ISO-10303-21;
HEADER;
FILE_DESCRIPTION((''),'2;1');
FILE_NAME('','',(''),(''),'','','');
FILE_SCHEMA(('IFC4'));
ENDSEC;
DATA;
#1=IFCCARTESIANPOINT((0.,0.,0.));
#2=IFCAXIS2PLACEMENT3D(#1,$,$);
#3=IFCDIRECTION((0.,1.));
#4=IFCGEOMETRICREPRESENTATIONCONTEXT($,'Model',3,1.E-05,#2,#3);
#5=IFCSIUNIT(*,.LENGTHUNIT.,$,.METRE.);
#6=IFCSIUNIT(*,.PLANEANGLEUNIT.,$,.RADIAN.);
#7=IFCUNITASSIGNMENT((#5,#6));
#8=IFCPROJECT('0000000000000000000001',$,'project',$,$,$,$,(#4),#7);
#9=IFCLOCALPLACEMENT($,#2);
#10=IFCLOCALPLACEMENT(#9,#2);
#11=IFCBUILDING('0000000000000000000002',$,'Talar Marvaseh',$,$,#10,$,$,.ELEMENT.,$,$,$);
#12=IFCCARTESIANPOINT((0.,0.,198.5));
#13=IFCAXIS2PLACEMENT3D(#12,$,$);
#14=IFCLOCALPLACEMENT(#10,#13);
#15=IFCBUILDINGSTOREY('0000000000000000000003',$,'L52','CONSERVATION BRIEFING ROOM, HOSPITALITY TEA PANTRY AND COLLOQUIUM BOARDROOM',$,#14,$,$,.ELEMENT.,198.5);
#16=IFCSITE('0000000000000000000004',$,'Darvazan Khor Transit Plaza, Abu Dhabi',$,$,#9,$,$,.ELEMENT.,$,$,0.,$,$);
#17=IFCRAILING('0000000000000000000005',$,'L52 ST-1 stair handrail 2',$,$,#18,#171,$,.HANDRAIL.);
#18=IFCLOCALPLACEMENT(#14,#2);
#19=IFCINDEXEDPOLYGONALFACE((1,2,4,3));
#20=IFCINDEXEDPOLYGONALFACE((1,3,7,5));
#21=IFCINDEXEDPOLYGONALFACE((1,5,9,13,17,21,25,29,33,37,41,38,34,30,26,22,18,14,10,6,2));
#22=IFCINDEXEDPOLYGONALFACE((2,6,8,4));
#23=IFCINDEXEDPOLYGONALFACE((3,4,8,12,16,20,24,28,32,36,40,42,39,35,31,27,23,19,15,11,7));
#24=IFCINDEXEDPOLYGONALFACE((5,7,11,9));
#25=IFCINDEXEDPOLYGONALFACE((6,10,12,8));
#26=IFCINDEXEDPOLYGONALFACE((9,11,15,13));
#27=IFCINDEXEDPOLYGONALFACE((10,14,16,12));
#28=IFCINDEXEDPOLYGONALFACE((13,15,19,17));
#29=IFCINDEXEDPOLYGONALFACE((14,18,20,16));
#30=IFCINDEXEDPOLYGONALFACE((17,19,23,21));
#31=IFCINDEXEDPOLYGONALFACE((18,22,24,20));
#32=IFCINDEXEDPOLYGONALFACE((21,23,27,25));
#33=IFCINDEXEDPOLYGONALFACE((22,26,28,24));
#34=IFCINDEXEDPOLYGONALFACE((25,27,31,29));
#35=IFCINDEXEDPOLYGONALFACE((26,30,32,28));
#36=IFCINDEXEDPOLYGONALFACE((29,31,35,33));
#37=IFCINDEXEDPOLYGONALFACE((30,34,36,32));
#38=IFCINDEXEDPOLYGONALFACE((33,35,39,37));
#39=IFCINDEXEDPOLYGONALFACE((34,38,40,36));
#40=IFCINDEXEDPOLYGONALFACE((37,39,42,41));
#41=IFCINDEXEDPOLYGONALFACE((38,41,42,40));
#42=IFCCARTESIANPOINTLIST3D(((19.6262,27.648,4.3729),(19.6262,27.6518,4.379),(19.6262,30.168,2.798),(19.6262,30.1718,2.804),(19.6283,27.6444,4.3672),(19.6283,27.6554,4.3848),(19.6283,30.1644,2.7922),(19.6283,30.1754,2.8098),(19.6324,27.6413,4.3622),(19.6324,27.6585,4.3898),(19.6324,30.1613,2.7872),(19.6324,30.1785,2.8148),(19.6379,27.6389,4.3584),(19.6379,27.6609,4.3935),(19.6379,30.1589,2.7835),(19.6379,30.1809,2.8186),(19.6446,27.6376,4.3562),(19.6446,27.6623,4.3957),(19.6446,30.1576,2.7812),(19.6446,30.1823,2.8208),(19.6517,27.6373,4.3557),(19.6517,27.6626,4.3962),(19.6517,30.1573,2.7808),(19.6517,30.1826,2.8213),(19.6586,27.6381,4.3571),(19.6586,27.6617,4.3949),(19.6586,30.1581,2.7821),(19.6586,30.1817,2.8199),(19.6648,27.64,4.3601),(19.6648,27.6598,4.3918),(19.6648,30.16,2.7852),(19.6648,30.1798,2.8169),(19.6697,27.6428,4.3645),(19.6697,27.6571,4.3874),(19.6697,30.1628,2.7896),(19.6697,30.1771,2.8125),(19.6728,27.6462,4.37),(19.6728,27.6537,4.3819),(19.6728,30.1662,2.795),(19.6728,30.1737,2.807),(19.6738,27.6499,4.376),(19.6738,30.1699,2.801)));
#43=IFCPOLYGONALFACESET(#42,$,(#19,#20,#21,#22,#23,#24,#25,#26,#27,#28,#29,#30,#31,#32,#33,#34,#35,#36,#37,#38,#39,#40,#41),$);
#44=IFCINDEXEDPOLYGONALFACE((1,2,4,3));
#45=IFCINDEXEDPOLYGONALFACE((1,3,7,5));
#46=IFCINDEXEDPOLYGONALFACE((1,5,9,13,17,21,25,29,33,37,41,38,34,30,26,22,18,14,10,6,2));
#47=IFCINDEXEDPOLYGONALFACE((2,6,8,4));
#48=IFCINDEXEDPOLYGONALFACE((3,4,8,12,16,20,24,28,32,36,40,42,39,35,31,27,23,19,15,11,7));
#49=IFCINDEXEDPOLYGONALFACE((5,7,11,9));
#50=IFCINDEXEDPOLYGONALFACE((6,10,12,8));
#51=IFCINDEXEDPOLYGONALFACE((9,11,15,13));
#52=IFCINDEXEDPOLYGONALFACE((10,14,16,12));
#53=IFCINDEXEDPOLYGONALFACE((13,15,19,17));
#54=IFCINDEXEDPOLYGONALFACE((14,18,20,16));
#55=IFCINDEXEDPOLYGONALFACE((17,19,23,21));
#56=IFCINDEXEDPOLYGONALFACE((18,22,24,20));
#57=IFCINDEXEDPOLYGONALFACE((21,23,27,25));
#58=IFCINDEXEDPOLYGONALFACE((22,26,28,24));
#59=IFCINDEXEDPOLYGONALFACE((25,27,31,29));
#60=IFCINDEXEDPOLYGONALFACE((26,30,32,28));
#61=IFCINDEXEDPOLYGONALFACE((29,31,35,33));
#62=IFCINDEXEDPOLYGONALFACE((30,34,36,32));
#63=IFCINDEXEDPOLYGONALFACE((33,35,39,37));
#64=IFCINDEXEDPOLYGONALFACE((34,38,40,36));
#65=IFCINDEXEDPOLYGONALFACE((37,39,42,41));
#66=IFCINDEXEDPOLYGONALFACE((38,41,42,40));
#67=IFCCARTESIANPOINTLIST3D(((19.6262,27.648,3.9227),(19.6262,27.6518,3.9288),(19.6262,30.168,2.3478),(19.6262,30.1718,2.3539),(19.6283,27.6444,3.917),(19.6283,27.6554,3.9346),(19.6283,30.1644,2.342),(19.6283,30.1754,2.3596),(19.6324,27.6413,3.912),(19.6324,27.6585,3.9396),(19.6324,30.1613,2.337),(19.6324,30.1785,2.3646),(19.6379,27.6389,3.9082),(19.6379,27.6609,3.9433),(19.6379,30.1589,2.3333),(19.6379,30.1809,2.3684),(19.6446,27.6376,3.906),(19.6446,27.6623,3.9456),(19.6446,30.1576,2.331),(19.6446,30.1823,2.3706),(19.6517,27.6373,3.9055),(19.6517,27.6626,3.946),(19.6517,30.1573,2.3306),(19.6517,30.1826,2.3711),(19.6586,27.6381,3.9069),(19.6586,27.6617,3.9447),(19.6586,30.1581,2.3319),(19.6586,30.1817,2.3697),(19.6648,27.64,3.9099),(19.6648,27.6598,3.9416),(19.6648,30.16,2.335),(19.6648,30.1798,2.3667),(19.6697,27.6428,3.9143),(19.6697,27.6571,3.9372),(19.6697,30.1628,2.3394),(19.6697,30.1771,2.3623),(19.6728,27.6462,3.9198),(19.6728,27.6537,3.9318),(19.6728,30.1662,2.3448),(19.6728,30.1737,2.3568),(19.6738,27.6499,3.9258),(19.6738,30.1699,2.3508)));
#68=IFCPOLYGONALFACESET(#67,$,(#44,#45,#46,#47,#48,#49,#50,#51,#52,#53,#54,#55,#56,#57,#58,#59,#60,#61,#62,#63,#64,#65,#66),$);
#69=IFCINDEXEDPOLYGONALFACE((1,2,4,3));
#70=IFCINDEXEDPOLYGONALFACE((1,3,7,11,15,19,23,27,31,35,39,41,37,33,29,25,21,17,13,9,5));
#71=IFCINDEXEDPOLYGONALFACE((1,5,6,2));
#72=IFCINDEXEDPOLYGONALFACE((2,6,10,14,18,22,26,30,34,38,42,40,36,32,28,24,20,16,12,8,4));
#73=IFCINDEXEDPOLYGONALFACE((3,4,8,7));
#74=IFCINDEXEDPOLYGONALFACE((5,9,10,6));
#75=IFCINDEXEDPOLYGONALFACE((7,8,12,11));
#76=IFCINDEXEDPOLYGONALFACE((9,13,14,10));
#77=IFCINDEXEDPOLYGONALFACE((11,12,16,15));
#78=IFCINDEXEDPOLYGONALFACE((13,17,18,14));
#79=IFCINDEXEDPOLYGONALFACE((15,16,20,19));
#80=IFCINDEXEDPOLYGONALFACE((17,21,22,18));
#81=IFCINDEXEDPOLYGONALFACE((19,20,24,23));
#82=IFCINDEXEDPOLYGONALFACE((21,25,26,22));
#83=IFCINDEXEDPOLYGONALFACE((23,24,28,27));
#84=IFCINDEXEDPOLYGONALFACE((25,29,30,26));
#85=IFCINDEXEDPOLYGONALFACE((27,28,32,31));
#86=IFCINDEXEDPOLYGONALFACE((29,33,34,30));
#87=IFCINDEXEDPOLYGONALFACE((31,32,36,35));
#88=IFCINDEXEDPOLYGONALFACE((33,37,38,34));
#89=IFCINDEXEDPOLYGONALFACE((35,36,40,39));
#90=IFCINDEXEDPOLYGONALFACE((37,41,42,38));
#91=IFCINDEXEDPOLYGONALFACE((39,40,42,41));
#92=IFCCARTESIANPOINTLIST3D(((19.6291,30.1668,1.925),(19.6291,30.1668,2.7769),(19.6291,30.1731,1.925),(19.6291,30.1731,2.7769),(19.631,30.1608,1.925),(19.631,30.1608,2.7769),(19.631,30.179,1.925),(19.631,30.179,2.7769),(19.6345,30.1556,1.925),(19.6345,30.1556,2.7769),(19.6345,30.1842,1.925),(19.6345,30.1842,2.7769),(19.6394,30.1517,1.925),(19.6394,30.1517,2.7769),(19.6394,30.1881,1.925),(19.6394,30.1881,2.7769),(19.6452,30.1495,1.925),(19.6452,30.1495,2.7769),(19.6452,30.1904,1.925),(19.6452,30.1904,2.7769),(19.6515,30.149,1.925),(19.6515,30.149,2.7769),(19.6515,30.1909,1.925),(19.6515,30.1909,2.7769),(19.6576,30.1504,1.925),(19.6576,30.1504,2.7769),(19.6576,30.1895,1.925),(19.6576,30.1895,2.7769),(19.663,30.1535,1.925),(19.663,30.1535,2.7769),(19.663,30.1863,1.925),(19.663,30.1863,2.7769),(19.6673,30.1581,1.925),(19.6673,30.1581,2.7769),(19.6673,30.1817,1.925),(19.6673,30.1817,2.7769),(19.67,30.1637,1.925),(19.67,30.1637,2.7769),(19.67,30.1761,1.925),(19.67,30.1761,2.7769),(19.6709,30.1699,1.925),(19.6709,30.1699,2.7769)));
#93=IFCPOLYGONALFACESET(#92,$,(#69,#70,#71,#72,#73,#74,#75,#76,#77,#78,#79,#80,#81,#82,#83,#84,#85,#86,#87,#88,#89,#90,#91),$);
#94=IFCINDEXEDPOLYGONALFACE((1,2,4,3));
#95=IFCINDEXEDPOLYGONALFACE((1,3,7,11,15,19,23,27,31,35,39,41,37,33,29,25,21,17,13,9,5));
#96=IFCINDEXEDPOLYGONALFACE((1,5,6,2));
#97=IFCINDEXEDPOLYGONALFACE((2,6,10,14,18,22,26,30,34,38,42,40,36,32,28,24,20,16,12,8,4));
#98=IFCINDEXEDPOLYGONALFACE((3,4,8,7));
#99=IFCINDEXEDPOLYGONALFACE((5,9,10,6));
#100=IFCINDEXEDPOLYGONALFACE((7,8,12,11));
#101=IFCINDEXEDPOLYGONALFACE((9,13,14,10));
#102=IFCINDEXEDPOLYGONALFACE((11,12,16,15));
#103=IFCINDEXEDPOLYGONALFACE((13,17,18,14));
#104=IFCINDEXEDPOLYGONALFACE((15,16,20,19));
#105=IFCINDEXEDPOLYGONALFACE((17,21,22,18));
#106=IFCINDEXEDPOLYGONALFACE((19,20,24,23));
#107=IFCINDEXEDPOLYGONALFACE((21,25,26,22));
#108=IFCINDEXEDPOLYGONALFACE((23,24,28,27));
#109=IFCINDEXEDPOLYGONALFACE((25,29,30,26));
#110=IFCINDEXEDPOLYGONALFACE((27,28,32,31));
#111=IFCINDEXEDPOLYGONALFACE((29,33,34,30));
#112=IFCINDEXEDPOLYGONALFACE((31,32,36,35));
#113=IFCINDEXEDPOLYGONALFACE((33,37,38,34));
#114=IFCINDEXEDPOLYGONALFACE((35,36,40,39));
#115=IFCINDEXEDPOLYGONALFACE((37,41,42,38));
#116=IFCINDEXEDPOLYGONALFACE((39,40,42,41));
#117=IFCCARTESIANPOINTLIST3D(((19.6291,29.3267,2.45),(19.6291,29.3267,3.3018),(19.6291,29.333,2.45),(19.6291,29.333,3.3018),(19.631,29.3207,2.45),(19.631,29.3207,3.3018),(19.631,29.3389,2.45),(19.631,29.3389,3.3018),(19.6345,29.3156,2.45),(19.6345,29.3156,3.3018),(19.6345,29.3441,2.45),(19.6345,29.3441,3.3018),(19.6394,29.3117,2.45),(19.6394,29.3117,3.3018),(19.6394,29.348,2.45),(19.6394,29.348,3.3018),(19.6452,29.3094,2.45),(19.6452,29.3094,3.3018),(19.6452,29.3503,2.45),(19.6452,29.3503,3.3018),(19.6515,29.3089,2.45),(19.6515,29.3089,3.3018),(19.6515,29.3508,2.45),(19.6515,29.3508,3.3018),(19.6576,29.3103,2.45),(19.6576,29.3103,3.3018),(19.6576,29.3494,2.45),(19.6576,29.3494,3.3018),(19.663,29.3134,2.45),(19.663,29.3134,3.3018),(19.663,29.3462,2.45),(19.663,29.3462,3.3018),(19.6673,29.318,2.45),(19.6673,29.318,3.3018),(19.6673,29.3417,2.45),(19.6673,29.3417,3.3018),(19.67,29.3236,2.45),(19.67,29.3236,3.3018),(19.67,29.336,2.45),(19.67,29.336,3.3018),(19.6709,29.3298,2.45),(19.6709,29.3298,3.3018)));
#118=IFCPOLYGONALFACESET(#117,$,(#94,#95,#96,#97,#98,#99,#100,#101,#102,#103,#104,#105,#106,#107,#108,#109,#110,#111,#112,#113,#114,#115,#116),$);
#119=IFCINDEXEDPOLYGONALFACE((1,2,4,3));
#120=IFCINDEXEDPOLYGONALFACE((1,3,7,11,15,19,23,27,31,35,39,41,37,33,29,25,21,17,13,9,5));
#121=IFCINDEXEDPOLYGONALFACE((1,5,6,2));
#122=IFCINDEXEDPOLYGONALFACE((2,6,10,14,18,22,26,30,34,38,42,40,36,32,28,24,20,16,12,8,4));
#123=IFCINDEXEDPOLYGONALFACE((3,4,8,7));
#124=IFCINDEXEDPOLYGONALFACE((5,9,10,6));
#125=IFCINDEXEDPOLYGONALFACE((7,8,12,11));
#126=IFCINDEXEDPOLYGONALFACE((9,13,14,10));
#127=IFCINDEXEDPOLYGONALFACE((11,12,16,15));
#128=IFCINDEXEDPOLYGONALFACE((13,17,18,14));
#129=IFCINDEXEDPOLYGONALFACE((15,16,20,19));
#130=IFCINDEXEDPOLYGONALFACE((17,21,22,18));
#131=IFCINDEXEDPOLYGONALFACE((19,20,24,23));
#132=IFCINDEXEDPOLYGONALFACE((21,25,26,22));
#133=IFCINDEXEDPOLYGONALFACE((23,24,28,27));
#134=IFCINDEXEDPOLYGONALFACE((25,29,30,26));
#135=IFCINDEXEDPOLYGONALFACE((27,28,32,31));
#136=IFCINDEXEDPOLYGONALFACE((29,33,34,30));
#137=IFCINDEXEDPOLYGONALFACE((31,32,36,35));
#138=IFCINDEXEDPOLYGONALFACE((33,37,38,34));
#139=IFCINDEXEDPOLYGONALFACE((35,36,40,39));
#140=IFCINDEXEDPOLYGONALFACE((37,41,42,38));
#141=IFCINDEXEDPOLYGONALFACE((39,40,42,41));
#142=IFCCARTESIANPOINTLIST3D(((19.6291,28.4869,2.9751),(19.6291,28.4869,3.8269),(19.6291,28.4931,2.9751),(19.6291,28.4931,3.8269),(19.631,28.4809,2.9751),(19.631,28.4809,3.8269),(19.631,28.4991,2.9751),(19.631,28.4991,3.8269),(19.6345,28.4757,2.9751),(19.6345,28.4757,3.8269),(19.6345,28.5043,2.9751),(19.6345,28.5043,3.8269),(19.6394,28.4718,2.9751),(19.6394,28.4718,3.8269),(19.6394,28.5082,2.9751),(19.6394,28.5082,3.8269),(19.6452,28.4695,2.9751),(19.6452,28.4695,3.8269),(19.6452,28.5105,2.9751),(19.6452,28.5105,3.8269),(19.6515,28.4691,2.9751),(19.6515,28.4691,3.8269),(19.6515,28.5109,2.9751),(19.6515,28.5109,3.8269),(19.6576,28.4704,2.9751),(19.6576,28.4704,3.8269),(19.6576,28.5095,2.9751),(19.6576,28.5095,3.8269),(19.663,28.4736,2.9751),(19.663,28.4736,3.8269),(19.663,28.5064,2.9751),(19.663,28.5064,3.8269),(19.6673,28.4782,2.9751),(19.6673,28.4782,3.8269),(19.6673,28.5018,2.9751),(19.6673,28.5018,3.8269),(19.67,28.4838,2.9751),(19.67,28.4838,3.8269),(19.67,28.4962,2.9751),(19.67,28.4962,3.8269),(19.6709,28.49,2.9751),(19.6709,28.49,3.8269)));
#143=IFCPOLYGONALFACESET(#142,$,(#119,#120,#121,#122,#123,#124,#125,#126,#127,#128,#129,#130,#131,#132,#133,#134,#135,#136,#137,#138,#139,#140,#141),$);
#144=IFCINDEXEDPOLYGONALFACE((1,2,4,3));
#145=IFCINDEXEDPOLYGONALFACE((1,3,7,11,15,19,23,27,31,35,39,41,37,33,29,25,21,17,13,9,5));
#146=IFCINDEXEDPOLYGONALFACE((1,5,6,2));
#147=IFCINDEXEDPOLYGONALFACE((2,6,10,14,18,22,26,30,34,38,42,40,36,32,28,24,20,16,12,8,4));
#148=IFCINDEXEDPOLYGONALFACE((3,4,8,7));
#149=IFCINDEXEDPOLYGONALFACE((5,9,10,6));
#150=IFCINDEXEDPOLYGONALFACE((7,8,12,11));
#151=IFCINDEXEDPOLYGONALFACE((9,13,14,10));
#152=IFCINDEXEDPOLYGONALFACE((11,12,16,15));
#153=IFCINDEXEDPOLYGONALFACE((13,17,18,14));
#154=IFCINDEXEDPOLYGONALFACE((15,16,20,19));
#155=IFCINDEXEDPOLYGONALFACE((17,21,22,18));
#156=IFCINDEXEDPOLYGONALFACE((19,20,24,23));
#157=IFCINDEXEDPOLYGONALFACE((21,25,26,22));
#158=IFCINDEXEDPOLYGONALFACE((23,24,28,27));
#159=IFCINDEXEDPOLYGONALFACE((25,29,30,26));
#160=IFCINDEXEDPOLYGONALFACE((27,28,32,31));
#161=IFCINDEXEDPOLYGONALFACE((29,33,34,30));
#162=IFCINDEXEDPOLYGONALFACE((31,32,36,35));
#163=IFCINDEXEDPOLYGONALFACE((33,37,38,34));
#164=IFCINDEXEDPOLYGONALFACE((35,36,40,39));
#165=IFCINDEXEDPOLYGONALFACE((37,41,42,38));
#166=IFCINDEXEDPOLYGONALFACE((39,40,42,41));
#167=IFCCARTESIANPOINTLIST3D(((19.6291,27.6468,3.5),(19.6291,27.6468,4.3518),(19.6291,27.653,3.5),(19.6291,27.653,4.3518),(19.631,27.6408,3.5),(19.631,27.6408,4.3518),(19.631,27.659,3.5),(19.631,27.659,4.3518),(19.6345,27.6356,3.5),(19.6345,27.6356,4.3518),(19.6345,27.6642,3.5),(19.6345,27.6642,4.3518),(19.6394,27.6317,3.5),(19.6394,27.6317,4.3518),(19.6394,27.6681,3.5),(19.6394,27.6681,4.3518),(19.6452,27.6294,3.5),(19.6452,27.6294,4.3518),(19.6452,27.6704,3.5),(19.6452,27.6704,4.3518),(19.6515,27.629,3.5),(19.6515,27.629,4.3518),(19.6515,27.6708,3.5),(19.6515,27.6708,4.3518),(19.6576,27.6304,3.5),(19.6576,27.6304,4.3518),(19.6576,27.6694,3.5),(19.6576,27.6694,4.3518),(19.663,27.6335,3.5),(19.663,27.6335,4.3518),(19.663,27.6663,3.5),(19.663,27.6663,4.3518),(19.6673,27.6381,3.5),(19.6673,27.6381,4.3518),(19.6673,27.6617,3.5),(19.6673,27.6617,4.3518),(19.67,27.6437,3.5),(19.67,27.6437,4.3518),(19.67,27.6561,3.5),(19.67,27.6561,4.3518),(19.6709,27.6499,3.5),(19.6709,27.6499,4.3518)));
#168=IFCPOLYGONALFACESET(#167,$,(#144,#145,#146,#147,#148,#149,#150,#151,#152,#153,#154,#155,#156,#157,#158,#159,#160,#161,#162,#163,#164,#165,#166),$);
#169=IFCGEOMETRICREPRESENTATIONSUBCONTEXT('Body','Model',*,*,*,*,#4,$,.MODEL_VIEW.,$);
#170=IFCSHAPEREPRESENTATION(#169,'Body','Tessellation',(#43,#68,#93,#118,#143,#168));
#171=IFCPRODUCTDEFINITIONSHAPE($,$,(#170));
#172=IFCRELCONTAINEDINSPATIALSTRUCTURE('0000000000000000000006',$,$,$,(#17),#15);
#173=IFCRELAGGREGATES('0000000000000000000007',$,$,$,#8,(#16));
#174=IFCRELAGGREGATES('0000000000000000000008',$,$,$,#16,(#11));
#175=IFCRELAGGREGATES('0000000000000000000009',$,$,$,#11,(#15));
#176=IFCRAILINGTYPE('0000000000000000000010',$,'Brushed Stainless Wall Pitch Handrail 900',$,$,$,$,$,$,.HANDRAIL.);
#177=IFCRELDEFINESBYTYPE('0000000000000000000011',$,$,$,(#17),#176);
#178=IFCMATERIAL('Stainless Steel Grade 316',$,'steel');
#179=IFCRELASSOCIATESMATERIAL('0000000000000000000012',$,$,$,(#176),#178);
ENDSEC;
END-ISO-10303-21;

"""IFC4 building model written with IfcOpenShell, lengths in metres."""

from ifc_helpers import new_model, si_unit, direction, frame, origin, origin_2d, place, context, subcontext, project, spatial, circle, extrude, material, type_object, element, save


model = new_model("IFC4")

# Units and contexts
model_context = context("Model", 3, precision=1e-05, world=origin(), true_north=direction((0.0, 1.0)))
body_context = subcontext(model_context, "Body", "Model", "MODEL_VIEW")
ifc_project = project(units=[si_unit("LENGTHUNIT", "METRE"), si_unit("PLANEANGLEUNIT", "RADIAN")], contexts=[model_context])

# Site, building, storey
site_placement = place(None, origin())
site = spatial("IfcSite", under=ifc_project, at=site_placement, Name="Darvazan Khor Transit Plaza, Abu Dhabi", CompositionType="ELEMENT", RefElevation=0.0)
building_placement = place(site_placement, origin())
building = spatial("IfcBuilding", under=site, at=building_placement, Name="Talar Marvaseh", CompositionType="ELEMENT")
storey_placement = place(building_placement, frame((0.0, 0.0, 198.5)))
storey = spatial("IfcBuildingStorey", under=building, at=storey_placement, Name="L52", Description="CONSERVATION BRIEFING ROOM, HOSPITALITY TEA PANTRY AND COLLOQUIUM BOARDROOM", CompositionType="ELEMENT", Elevation=198.5)

# Railing
ifc_material_1 = material(Name="Stainless Steel Grade 316", Category="steel")
railing_type_1 = type_object("IfcRailingType", Name="Brushed Stainless Wall Pitch Handrail 900", PredefinedType="HANDRAIL", material=ifc_material_1)
railing_1_placement = place(storey_placement, frame((19.6499, 30.1699, 1.925)))
element("IfcRailing", 1, at=railing_1_placement, inside=storey, type_object=railing_type_1, Name="L52 ST-1 stair handrail 2", PredefinedType="HANDRAIL", context=body_context, shape_type="SweptSolid", body=[
    extrude(circle(Radius=0.0239, at=origin_2d()), frame((0.0, 0.0, 0.876), z_axis=(0.0, -0.848008, 0.529984), x_axis=(1.0, 0.0, 0.0)), (0.0, 0.0, 1.0), 2.9717),
    extrude(circle(Radius=0.0239, at=origin_2d()), frame((0.0, 0.0, 0.4258), z_axis=(0.0, -0.848008, 0.529984), x_axis=(1.0, 0.0, 0.0)), (0.0, 0.0, 1.0), 2.9717),
    extrude(circle(Radius=0.021, at=origin_2d()), origin(), (0.0, 0.0, 1.0), 0.8518),
    extrude(circle(Radius=0.021, at=origin_2d()), frame((0.0, -0.8401, 0.5249)), (0.0, 0.0, 1.0), 0.8518),
    extrude(circle(Radius=0.021, at=origin_2d()), frame((0.0, -1.6799, 1.05)), (0.0, 0.0, 1.0), 0.8518),
    extrude(circle(Radius=0.021, at=origin_2d()), frame((0.0, -2.52, 1.575)), (0.0, 0.0, 1.0), 0.8518),
])

save(model, "model.ifc")
